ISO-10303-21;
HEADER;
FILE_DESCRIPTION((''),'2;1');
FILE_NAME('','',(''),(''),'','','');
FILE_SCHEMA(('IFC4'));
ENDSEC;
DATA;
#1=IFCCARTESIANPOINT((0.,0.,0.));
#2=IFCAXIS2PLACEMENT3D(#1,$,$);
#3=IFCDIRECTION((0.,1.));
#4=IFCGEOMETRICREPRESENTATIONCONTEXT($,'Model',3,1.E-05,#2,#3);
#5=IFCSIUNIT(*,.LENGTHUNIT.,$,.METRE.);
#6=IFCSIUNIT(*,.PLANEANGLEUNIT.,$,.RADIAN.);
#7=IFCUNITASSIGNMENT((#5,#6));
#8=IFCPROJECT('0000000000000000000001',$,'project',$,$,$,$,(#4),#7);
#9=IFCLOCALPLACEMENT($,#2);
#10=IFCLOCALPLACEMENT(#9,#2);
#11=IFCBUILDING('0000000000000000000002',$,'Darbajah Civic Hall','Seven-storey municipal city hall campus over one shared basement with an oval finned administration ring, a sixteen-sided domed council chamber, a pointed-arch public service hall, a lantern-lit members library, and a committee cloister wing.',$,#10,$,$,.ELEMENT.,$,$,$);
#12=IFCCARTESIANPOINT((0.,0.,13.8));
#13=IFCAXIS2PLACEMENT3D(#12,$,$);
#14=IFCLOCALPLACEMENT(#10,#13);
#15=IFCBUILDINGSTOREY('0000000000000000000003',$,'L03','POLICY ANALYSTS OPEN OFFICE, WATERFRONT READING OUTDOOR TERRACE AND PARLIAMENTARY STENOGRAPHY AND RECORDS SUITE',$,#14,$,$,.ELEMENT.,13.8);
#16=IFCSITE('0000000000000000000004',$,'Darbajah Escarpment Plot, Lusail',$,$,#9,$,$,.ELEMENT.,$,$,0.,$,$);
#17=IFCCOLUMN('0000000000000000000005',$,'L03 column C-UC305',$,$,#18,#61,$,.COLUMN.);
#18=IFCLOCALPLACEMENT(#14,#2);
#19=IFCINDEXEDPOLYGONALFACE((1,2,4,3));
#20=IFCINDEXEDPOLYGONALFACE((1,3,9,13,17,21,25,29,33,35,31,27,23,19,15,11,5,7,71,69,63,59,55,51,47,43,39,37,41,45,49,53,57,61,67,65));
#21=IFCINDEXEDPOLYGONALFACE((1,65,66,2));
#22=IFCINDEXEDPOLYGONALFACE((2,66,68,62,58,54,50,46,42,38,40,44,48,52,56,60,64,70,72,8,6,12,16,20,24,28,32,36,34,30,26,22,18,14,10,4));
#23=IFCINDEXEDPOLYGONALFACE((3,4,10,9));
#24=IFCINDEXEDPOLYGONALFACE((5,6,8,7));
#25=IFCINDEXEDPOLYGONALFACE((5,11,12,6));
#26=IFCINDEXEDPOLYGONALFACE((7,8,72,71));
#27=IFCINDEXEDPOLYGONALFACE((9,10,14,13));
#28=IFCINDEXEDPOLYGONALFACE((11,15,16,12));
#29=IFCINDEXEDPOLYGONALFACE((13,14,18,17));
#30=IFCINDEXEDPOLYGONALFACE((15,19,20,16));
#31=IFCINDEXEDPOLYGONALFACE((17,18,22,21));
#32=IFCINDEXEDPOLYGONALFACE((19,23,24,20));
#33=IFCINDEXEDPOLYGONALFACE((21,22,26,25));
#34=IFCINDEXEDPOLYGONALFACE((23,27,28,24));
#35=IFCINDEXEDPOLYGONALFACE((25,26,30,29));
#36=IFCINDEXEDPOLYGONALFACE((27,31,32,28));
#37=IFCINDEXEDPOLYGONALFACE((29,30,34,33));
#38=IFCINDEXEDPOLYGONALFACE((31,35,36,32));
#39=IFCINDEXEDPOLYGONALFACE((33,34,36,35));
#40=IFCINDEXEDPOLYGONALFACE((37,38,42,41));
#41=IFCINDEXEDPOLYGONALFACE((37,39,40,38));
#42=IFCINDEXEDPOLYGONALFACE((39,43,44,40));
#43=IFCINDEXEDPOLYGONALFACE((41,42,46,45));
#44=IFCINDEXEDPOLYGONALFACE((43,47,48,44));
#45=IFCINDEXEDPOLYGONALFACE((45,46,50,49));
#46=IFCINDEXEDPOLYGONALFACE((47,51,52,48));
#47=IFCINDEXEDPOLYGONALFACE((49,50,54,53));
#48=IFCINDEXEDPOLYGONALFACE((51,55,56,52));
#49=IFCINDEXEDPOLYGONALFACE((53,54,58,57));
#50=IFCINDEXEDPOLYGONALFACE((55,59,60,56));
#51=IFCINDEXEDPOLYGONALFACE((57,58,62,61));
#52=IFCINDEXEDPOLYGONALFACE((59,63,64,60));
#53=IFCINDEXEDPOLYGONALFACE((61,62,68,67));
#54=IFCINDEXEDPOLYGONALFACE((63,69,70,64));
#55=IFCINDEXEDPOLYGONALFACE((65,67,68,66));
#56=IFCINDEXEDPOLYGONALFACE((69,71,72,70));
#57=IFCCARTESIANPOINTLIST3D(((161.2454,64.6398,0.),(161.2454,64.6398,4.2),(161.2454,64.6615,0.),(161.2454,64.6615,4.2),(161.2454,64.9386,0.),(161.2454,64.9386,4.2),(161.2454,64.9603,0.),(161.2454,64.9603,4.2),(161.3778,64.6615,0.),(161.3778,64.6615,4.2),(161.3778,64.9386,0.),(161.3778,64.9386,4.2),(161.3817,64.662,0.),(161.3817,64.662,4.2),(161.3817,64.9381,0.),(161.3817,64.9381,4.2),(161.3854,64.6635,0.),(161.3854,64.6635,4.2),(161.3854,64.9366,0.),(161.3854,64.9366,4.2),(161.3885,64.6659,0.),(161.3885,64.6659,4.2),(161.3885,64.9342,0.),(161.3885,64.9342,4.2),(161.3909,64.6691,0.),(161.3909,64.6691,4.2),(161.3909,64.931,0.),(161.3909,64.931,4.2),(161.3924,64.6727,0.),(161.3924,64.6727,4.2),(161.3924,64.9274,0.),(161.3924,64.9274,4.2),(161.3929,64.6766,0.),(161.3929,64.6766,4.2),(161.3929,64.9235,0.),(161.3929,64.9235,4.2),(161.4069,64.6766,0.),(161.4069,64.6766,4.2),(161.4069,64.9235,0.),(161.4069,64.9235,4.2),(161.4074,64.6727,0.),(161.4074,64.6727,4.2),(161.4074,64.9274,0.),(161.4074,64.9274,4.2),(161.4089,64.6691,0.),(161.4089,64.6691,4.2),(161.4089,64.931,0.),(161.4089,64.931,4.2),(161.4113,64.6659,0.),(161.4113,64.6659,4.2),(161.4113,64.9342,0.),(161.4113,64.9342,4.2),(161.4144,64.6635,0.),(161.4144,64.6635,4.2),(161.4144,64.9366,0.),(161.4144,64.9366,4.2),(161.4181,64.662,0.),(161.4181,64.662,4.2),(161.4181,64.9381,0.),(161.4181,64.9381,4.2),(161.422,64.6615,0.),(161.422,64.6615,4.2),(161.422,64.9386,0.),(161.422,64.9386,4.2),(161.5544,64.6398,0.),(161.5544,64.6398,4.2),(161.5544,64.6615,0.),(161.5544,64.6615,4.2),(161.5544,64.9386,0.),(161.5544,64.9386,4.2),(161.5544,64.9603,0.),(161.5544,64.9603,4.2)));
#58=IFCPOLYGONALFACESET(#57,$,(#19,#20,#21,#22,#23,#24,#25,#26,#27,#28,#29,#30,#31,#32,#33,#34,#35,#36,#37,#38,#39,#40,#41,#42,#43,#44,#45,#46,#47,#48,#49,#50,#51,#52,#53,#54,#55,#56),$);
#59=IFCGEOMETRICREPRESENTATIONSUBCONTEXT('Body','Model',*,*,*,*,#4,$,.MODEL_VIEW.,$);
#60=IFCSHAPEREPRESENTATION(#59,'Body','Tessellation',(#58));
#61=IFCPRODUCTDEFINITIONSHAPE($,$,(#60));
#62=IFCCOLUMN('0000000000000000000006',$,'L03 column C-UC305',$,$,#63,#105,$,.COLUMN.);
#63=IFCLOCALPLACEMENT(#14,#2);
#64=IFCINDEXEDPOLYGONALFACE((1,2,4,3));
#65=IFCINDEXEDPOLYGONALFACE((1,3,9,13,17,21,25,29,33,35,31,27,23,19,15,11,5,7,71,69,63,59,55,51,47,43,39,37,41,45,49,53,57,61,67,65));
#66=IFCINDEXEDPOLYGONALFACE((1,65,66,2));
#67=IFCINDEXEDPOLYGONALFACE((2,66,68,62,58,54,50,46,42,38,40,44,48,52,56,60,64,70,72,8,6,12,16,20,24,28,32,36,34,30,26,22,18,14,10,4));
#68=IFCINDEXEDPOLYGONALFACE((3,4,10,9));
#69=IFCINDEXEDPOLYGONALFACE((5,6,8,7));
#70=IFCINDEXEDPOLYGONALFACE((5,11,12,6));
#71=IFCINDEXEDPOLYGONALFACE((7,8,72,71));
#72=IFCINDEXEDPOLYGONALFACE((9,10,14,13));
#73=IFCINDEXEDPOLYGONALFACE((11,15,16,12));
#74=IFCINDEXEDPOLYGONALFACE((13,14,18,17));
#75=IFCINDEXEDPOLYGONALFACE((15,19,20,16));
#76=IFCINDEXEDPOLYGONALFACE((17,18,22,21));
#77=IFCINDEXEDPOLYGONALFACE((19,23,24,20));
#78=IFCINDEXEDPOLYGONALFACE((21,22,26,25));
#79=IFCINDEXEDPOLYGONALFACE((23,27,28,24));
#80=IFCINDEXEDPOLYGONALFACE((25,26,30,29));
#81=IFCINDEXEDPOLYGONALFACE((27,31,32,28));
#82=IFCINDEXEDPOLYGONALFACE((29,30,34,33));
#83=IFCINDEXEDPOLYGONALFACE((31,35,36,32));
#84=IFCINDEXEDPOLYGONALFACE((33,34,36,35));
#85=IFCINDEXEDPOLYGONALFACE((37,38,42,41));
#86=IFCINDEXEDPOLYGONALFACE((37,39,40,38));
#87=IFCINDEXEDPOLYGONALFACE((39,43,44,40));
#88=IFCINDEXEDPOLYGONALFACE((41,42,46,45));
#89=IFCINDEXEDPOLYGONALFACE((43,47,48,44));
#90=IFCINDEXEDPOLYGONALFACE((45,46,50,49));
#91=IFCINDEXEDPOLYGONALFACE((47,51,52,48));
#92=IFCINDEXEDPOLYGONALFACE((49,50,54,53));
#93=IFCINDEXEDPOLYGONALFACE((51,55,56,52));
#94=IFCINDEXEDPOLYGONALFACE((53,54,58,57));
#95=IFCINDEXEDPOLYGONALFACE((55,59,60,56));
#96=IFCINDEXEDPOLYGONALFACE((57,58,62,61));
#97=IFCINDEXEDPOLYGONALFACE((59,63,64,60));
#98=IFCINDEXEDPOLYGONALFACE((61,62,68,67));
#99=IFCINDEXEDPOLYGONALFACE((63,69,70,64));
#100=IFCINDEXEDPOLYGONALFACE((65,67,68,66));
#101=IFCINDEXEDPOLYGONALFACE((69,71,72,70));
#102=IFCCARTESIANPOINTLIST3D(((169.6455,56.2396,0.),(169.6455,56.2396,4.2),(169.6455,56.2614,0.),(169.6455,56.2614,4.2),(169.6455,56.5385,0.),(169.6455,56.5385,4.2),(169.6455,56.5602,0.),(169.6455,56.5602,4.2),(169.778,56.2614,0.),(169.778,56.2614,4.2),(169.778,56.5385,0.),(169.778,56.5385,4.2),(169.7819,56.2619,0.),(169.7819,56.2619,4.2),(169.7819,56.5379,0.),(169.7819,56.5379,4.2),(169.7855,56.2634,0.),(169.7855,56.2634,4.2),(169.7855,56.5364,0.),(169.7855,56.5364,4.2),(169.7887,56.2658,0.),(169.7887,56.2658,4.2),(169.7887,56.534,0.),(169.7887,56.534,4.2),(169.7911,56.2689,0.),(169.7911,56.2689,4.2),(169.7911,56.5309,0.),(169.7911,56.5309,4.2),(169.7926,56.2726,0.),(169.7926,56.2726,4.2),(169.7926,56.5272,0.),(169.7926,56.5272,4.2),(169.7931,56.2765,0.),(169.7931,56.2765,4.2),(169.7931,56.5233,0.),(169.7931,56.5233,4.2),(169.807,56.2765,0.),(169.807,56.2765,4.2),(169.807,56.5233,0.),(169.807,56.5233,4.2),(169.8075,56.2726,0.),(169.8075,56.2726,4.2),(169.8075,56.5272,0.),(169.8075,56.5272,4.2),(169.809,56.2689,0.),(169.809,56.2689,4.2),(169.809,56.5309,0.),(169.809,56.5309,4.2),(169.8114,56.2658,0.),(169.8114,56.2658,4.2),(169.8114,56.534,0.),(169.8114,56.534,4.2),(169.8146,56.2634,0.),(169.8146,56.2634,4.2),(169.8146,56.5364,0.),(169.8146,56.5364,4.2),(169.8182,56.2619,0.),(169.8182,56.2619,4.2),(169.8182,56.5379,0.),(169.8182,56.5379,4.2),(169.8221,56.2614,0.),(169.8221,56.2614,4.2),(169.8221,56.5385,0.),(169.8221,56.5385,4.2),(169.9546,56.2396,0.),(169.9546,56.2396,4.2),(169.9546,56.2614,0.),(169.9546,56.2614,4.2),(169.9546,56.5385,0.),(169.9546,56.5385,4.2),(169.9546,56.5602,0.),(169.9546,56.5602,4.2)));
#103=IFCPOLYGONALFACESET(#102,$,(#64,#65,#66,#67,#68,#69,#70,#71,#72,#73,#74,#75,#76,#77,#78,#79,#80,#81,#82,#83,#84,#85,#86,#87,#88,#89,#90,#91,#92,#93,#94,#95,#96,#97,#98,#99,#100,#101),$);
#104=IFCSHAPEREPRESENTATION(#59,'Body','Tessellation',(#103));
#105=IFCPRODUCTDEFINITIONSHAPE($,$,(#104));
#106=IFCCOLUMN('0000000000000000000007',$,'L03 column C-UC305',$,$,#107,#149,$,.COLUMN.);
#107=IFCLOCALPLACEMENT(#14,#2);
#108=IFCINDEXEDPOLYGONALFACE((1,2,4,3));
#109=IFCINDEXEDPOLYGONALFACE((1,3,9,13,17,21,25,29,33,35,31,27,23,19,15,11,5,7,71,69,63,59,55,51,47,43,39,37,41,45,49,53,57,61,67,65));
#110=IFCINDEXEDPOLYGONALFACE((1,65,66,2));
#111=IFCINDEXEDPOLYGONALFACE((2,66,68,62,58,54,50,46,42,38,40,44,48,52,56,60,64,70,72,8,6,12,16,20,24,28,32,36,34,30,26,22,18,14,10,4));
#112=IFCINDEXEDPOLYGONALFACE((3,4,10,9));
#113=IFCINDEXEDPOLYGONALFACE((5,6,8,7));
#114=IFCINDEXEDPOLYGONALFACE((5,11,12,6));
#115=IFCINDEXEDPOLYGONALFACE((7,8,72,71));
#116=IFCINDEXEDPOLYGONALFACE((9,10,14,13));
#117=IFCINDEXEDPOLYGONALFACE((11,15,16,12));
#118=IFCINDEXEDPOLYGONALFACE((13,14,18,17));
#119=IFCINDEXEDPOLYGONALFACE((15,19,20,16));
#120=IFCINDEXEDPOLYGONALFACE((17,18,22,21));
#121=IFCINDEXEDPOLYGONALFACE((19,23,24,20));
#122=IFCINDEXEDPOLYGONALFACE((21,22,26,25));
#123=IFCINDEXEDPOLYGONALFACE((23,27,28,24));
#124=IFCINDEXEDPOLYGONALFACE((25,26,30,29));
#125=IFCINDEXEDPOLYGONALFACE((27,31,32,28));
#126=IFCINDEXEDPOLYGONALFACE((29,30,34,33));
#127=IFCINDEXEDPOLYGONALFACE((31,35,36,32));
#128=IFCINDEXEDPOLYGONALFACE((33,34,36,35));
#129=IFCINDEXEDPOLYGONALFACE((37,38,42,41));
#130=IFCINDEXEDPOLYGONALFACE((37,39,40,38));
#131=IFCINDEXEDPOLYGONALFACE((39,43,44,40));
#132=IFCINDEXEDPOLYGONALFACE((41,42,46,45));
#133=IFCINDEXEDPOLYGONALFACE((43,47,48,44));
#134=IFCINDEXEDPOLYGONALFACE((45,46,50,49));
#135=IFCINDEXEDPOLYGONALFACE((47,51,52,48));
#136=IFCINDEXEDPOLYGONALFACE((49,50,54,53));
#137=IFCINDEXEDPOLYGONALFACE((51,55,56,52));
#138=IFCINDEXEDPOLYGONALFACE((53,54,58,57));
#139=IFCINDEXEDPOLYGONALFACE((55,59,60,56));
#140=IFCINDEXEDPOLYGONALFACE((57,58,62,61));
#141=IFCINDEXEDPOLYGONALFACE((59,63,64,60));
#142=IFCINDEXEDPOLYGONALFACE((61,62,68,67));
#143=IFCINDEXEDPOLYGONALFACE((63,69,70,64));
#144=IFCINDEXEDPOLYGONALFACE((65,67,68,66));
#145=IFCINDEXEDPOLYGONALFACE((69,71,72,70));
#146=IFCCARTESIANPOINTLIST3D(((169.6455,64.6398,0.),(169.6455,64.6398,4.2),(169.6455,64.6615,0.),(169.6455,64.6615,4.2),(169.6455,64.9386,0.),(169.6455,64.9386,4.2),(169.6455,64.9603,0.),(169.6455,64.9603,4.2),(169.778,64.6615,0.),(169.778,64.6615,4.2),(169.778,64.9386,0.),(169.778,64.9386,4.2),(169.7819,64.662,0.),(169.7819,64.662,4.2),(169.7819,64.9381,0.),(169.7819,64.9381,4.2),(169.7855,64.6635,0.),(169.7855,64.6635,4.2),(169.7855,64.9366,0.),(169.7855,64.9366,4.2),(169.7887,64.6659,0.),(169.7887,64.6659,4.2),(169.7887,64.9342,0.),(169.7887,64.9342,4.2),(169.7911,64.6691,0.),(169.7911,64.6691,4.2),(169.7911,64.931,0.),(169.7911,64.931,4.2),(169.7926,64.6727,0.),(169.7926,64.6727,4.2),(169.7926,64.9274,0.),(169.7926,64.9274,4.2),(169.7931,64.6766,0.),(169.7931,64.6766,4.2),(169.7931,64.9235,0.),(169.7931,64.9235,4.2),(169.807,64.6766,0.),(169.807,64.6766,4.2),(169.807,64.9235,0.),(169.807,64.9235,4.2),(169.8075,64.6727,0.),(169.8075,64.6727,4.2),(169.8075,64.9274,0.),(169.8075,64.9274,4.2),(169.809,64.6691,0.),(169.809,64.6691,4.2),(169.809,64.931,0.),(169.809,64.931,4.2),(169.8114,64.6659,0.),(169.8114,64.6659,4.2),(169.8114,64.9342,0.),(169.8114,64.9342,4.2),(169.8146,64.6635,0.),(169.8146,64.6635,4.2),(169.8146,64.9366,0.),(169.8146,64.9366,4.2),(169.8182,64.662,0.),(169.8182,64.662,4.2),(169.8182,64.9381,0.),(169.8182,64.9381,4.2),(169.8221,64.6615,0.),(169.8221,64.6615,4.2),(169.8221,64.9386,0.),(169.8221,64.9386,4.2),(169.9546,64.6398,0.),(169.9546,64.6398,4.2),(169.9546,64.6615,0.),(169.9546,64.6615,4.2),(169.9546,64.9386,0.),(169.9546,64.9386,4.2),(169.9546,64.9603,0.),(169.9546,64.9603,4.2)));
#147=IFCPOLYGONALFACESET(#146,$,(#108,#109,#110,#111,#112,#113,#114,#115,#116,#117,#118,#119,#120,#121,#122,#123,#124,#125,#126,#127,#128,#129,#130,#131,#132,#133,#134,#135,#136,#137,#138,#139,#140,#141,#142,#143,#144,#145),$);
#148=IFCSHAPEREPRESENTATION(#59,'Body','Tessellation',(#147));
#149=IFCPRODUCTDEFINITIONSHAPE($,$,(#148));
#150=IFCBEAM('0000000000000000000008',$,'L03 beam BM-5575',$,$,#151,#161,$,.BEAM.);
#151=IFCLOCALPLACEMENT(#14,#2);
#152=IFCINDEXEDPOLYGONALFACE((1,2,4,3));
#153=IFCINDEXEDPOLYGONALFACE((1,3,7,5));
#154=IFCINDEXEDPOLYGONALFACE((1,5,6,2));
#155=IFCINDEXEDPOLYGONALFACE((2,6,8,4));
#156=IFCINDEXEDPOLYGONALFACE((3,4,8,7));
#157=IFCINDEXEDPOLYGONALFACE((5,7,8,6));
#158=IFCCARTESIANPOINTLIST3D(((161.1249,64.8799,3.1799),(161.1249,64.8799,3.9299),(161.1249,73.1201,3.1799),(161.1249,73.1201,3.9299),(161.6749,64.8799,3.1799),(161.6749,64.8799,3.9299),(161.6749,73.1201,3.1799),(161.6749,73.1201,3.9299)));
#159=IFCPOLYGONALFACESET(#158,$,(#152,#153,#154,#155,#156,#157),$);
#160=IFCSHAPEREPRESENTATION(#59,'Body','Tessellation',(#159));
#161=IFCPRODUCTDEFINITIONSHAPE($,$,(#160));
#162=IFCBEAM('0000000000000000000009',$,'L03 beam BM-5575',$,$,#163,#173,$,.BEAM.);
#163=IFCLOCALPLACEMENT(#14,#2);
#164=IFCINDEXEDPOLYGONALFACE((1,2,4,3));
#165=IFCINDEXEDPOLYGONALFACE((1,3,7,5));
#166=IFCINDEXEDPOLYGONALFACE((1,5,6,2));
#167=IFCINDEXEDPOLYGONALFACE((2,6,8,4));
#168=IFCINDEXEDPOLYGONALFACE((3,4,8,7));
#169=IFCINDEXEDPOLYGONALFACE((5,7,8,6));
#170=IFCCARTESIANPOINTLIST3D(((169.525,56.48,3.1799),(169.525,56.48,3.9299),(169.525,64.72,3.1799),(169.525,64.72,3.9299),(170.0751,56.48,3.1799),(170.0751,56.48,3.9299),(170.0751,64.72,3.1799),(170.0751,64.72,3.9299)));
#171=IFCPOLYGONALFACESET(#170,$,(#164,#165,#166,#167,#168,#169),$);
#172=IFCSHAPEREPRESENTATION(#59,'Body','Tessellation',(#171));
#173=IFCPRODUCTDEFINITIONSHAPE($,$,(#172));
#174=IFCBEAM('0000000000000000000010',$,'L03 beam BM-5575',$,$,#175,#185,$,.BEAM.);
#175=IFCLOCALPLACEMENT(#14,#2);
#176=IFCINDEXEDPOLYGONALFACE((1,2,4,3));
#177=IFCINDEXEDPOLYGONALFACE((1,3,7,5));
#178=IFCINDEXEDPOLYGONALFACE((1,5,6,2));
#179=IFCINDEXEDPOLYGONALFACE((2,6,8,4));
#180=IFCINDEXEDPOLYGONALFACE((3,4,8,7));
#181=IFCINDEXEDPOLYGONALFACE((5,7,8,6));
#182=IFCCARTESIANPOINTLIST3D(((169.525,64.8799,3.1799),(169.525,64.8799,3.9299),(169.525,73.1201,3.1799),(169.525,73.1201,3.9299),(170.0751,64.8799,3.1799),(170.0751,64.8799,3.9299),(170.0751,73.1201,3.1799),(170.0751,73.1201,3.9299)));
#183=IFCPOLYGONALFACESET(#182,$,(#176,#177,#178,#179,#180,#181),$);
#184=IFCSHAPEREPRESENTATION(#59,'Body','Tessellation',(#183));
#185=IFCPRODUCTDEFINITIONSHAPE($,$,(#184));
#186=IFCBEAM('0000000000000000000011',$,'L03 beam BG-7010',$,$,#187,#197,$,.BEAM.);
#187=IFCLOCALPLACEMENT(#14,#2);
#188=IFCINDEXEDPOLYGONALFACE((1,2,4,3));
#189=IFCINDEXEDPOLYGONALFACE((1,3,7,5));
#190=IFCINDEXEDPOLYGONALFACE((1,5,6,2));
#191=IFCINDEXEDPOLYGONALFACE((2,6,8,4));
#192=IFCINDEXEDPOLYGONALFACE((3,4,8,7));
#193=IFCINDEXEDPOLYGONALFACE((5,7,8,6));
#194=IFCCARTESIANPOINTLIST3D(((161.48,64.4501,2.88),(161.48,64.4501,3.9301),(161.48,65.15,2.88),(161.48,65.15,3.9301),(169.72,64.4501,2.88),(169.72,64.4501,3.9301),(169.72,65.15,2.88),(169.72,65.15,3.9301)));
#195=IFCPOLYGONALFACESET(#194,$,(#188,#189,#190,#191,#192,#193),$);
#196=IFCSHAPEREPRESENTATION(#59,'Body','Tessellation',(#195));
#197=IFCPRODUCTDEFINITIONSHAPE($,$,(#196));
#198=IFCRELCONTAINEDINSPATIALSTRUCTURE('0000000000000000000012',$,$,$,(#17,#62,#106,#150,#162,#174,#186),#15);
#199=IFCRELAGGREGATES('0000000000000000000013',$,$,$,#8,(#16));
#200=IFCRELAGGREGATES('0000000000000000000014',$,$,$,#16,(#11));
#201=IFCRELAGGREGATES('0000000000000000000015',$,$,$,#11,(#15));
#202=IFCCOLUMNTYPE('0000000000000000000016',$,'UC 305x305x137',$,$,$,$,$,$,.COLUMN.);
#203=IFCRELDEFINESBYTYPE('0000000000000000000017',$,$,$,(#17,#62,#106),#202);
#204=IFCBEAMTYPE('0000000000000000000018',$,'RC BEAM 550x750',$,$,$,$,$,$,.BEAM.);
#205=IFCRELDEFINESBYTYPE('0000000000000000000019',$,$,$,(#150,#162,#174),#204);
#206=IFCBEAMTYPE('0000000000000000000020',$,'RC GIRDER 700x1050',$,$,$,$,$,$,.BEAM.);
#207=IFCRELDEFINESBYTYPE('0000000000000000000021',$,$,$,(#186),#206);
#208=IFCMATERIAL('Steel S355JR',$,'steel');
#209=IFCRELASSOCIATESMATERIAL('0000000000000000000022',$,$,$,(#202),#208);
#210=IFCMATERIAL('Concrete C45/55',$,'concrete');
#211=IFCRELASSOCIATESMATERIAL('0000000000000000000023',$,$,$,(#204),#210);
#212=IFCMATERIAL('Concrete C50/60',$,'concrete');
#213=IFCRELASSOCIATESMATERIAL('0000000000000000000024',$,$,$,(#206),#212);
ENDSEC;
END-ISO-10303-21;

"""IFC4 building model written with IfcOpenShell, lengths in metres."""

from ifc_helpers import new_model, si_unit, direction, frame, origin, origin_2d, place, context, subcontext, project, spatial, rectangle, i_section, extrude, material, material_profile, profile_set, type_object, element, save


model = new_model("IFC4")

# Units and contexts
model_context = context("Model", 3, precision=1e-05, world=origin(), true_north=direction((0.0, 1.0)))
body_context = subcontext(model_context, "Body", "Model", "MODEL_VIEW")
ifc_project = project(units=[si_unit("LENGTHUNIT", "METRE"), si_unit("PLANEANGLEUNIT", "RADIAN")], contexts=[model_context])

# Site, building, storey
site_placement = place(None, origin())
site = spatial("IfcSite", under=ifc_project, at=site_placement, Name="Darbajah Escarpment Plot, Lusail", CompositionType="ELEMENT", RefElevation=0.0)
building_placement = place(site_placement, origin())
building = spatial("IfcBuilding", under=site, at=building_placement, Name="Darbajah Civic Hall", Description="Seven-storey municipal city hall campus over one shared basement with an oval finned administration ring, a sixteen-sided domed council chamber, a pointed-arch public service hall, a lantern-lit members library, and a committee cloister wing.", CompositionType="ELEMENT")
storey_placement = place(building_placement, frame((0.0, 0.0, 13.8)))
storey = spatial("IfcBuildingStorey", under=building, at=storey_placement, Name="L03", Description="POLICY ANALYSTS OPEN OFFICE, WATERFRONT READING OUTDOOR TERRACE AND PARLIAMENTARY STENOGRAPHY AND RECORDS SUITE", CompositionType="ELEMENT", Elevation=13.8)

# Columns
ifc_material_1 = material(Name="Steel S355JR", Category="steel")
ifc_material_profile_1 = material_profile(ifc_material_1, i_section(OverallWidth=0.3091, OverallDepth=0.3206, WebThickness=0.0139, FlangeThickness=0.0217, FilletRadius=0.0151, at=origin_2d()), Name="UC 305x305x137")
ifc_profile_set_1 = profile_set([ifc_material_profile_1], Name="Steel S355JR")
column_type = type_object("IfcColumnType", Name="UC 305x305x137", PredefinedType="COLUMN", material=ifc_profile_set_1)
for number, where, z_axis, x_axis, name in (
    (1, (161.3999, 64.8, 0.0), (0.0, 0.0, 1.0), (1.0, 0.0, 0.0), "L03 column C-UC305"),
    (2, (169.8, 56.3999, 0.0), (0.0, 0.0, 1.0), (1.0, 0.0, 0.0), "L03 column C-UC305"),
    (3, (169.8, 64.8, 0.0), (0.0, 0.0, 1.0), (1.0, 0.0, 0.0), "L03 column C-UC305"),
):
    element("IfcColumn", number, at=place(storey_placement, frame(where, z_axis=z_axis, x_axis=x_axis)), inside=storey, type_object=column_type, Name=name, PredefinedType="COLUMN", context=body_context, shape_type="SweptSolid", body=[
        extrude(i_section(OverallWidth=0.3091, OverallDepth=0.3206, WebThickness=0.0139, FlangeThickness=0.0217, FilletRadius=0.0151, at=origin_2d()), origin(), (0.0, 0.0, 1.0), 4.2),
    ])

# Beams
ifc_material_2 = material(Name="Concrete C45/55", Category="concrete")
ifc_material_profile_2 = material_profile(ifc_material_2, rectangle(XDim=0.55, YDim=0.75, at=origin_2d()), Name="RC BEAM 550x750")
ifc_profile_set_2 = profile_set([ifc_material_profile_2], Name="Concrete C45/55")
beam_type_1 = type_object("IfcBeamType", Name="RC BEAM 550x750", PredefinedType="BEAM", material=ifc_profile_set_2)
beam_1_placement = place(storey_placement, frame((161.3999, 64.8799, 3.5549), z_axis=(0.0, 1.0, 0.0), x_axis=(-1.0, 0.0, 0.0)))
element("IfcBeam", 4, at=beam_1_placement, inside=storey, type_object=beam_type_1, Name="L03 beam BM-5575", PredefinedType="BEAM", context=body_context, shape_type="SweptSolid", body=[
    extrude(rectangle(XDim=0.55, YDim=0.75, at=origin_2d()), origin(), (0.0, 0.0, 1.0), 8.2402),
])
beam_2_placement = place(storey_placement, frame((169.8, 56.48, 3.5549), z_axis=(0.0, 1.0, 0.0), x_axis=(-1.0, 0.0, 0.0)))
element("IfcBeam", 5, at=beam_2_placement, inside=storey, type_object=beam_type_1, Name="L03 beam BM-5575", PredefinedType="BEAM", context=body_context, shape_type="SweptSolid", body=[
    extrude(rectangle(XDim=0.55, YDim=0.75, at=origin_2d()), origin(), (0.0, 0.0, 1.0), 8.24),
])
beam_3_placement = place(storey_placement, frame((169.8, 64.8799, 3.5549), z_axis=(0.0, 1.0, 0.0), x_axis=(-1.0, 0.0, 0.0)))
element("IfcBeam", 6, at=beam_3_placement, inside=storey, type_object=beam_type_1, Name="L03 beam BM-5575", PredefinedType="BEAM", context=body_context, shape_type="SweptSolid", body=[
    extrude(rectangle(XDim=0.55, YDim=0.75, at=origin_2d()), origin(), (0.0, 0.0, 1.0), 8.2402),
])
ifc_material_3 = material(Name="Concrete C50/60", Category="concrete")
ifc_material_profile_3 = material_profile(ifc_material_3, rectangle(XDim=0.7, YDim=1.05, at=origin_2d()), Name="RC GIRDER 700x1050")
ifc_profile_set_3 = profile_set([ifc_material_profile_3], Name="Concrete C50/60")
beam_type_2 = type_object("IfcBeamType", Name="RC GIRDER 700x1050", PredefinedType="BEAM", material=ifc_profile_set_3)
beam_4_placement = place(storey_placement, frame((161.48, 64.8, 3.405), z_axis=(1.0, 0.0, 0.0), x_axis=(0.0, 1.0, 0.0)))
element("IfcBeam", 7, at=beam_4_placement, inside=storey, type_object=beam_type_2, Name="L03 beam BG-7010", PredefinedType="BEAM", context=body_context, shape_type="SweptSolid", body=[
    extrude(rectangle(XDim=0.7, YDim=1.05, at=origin_2d()), origin(), (0.0, 0.0, 1.0), 8.24),
])

save(model, "model.ifc")
